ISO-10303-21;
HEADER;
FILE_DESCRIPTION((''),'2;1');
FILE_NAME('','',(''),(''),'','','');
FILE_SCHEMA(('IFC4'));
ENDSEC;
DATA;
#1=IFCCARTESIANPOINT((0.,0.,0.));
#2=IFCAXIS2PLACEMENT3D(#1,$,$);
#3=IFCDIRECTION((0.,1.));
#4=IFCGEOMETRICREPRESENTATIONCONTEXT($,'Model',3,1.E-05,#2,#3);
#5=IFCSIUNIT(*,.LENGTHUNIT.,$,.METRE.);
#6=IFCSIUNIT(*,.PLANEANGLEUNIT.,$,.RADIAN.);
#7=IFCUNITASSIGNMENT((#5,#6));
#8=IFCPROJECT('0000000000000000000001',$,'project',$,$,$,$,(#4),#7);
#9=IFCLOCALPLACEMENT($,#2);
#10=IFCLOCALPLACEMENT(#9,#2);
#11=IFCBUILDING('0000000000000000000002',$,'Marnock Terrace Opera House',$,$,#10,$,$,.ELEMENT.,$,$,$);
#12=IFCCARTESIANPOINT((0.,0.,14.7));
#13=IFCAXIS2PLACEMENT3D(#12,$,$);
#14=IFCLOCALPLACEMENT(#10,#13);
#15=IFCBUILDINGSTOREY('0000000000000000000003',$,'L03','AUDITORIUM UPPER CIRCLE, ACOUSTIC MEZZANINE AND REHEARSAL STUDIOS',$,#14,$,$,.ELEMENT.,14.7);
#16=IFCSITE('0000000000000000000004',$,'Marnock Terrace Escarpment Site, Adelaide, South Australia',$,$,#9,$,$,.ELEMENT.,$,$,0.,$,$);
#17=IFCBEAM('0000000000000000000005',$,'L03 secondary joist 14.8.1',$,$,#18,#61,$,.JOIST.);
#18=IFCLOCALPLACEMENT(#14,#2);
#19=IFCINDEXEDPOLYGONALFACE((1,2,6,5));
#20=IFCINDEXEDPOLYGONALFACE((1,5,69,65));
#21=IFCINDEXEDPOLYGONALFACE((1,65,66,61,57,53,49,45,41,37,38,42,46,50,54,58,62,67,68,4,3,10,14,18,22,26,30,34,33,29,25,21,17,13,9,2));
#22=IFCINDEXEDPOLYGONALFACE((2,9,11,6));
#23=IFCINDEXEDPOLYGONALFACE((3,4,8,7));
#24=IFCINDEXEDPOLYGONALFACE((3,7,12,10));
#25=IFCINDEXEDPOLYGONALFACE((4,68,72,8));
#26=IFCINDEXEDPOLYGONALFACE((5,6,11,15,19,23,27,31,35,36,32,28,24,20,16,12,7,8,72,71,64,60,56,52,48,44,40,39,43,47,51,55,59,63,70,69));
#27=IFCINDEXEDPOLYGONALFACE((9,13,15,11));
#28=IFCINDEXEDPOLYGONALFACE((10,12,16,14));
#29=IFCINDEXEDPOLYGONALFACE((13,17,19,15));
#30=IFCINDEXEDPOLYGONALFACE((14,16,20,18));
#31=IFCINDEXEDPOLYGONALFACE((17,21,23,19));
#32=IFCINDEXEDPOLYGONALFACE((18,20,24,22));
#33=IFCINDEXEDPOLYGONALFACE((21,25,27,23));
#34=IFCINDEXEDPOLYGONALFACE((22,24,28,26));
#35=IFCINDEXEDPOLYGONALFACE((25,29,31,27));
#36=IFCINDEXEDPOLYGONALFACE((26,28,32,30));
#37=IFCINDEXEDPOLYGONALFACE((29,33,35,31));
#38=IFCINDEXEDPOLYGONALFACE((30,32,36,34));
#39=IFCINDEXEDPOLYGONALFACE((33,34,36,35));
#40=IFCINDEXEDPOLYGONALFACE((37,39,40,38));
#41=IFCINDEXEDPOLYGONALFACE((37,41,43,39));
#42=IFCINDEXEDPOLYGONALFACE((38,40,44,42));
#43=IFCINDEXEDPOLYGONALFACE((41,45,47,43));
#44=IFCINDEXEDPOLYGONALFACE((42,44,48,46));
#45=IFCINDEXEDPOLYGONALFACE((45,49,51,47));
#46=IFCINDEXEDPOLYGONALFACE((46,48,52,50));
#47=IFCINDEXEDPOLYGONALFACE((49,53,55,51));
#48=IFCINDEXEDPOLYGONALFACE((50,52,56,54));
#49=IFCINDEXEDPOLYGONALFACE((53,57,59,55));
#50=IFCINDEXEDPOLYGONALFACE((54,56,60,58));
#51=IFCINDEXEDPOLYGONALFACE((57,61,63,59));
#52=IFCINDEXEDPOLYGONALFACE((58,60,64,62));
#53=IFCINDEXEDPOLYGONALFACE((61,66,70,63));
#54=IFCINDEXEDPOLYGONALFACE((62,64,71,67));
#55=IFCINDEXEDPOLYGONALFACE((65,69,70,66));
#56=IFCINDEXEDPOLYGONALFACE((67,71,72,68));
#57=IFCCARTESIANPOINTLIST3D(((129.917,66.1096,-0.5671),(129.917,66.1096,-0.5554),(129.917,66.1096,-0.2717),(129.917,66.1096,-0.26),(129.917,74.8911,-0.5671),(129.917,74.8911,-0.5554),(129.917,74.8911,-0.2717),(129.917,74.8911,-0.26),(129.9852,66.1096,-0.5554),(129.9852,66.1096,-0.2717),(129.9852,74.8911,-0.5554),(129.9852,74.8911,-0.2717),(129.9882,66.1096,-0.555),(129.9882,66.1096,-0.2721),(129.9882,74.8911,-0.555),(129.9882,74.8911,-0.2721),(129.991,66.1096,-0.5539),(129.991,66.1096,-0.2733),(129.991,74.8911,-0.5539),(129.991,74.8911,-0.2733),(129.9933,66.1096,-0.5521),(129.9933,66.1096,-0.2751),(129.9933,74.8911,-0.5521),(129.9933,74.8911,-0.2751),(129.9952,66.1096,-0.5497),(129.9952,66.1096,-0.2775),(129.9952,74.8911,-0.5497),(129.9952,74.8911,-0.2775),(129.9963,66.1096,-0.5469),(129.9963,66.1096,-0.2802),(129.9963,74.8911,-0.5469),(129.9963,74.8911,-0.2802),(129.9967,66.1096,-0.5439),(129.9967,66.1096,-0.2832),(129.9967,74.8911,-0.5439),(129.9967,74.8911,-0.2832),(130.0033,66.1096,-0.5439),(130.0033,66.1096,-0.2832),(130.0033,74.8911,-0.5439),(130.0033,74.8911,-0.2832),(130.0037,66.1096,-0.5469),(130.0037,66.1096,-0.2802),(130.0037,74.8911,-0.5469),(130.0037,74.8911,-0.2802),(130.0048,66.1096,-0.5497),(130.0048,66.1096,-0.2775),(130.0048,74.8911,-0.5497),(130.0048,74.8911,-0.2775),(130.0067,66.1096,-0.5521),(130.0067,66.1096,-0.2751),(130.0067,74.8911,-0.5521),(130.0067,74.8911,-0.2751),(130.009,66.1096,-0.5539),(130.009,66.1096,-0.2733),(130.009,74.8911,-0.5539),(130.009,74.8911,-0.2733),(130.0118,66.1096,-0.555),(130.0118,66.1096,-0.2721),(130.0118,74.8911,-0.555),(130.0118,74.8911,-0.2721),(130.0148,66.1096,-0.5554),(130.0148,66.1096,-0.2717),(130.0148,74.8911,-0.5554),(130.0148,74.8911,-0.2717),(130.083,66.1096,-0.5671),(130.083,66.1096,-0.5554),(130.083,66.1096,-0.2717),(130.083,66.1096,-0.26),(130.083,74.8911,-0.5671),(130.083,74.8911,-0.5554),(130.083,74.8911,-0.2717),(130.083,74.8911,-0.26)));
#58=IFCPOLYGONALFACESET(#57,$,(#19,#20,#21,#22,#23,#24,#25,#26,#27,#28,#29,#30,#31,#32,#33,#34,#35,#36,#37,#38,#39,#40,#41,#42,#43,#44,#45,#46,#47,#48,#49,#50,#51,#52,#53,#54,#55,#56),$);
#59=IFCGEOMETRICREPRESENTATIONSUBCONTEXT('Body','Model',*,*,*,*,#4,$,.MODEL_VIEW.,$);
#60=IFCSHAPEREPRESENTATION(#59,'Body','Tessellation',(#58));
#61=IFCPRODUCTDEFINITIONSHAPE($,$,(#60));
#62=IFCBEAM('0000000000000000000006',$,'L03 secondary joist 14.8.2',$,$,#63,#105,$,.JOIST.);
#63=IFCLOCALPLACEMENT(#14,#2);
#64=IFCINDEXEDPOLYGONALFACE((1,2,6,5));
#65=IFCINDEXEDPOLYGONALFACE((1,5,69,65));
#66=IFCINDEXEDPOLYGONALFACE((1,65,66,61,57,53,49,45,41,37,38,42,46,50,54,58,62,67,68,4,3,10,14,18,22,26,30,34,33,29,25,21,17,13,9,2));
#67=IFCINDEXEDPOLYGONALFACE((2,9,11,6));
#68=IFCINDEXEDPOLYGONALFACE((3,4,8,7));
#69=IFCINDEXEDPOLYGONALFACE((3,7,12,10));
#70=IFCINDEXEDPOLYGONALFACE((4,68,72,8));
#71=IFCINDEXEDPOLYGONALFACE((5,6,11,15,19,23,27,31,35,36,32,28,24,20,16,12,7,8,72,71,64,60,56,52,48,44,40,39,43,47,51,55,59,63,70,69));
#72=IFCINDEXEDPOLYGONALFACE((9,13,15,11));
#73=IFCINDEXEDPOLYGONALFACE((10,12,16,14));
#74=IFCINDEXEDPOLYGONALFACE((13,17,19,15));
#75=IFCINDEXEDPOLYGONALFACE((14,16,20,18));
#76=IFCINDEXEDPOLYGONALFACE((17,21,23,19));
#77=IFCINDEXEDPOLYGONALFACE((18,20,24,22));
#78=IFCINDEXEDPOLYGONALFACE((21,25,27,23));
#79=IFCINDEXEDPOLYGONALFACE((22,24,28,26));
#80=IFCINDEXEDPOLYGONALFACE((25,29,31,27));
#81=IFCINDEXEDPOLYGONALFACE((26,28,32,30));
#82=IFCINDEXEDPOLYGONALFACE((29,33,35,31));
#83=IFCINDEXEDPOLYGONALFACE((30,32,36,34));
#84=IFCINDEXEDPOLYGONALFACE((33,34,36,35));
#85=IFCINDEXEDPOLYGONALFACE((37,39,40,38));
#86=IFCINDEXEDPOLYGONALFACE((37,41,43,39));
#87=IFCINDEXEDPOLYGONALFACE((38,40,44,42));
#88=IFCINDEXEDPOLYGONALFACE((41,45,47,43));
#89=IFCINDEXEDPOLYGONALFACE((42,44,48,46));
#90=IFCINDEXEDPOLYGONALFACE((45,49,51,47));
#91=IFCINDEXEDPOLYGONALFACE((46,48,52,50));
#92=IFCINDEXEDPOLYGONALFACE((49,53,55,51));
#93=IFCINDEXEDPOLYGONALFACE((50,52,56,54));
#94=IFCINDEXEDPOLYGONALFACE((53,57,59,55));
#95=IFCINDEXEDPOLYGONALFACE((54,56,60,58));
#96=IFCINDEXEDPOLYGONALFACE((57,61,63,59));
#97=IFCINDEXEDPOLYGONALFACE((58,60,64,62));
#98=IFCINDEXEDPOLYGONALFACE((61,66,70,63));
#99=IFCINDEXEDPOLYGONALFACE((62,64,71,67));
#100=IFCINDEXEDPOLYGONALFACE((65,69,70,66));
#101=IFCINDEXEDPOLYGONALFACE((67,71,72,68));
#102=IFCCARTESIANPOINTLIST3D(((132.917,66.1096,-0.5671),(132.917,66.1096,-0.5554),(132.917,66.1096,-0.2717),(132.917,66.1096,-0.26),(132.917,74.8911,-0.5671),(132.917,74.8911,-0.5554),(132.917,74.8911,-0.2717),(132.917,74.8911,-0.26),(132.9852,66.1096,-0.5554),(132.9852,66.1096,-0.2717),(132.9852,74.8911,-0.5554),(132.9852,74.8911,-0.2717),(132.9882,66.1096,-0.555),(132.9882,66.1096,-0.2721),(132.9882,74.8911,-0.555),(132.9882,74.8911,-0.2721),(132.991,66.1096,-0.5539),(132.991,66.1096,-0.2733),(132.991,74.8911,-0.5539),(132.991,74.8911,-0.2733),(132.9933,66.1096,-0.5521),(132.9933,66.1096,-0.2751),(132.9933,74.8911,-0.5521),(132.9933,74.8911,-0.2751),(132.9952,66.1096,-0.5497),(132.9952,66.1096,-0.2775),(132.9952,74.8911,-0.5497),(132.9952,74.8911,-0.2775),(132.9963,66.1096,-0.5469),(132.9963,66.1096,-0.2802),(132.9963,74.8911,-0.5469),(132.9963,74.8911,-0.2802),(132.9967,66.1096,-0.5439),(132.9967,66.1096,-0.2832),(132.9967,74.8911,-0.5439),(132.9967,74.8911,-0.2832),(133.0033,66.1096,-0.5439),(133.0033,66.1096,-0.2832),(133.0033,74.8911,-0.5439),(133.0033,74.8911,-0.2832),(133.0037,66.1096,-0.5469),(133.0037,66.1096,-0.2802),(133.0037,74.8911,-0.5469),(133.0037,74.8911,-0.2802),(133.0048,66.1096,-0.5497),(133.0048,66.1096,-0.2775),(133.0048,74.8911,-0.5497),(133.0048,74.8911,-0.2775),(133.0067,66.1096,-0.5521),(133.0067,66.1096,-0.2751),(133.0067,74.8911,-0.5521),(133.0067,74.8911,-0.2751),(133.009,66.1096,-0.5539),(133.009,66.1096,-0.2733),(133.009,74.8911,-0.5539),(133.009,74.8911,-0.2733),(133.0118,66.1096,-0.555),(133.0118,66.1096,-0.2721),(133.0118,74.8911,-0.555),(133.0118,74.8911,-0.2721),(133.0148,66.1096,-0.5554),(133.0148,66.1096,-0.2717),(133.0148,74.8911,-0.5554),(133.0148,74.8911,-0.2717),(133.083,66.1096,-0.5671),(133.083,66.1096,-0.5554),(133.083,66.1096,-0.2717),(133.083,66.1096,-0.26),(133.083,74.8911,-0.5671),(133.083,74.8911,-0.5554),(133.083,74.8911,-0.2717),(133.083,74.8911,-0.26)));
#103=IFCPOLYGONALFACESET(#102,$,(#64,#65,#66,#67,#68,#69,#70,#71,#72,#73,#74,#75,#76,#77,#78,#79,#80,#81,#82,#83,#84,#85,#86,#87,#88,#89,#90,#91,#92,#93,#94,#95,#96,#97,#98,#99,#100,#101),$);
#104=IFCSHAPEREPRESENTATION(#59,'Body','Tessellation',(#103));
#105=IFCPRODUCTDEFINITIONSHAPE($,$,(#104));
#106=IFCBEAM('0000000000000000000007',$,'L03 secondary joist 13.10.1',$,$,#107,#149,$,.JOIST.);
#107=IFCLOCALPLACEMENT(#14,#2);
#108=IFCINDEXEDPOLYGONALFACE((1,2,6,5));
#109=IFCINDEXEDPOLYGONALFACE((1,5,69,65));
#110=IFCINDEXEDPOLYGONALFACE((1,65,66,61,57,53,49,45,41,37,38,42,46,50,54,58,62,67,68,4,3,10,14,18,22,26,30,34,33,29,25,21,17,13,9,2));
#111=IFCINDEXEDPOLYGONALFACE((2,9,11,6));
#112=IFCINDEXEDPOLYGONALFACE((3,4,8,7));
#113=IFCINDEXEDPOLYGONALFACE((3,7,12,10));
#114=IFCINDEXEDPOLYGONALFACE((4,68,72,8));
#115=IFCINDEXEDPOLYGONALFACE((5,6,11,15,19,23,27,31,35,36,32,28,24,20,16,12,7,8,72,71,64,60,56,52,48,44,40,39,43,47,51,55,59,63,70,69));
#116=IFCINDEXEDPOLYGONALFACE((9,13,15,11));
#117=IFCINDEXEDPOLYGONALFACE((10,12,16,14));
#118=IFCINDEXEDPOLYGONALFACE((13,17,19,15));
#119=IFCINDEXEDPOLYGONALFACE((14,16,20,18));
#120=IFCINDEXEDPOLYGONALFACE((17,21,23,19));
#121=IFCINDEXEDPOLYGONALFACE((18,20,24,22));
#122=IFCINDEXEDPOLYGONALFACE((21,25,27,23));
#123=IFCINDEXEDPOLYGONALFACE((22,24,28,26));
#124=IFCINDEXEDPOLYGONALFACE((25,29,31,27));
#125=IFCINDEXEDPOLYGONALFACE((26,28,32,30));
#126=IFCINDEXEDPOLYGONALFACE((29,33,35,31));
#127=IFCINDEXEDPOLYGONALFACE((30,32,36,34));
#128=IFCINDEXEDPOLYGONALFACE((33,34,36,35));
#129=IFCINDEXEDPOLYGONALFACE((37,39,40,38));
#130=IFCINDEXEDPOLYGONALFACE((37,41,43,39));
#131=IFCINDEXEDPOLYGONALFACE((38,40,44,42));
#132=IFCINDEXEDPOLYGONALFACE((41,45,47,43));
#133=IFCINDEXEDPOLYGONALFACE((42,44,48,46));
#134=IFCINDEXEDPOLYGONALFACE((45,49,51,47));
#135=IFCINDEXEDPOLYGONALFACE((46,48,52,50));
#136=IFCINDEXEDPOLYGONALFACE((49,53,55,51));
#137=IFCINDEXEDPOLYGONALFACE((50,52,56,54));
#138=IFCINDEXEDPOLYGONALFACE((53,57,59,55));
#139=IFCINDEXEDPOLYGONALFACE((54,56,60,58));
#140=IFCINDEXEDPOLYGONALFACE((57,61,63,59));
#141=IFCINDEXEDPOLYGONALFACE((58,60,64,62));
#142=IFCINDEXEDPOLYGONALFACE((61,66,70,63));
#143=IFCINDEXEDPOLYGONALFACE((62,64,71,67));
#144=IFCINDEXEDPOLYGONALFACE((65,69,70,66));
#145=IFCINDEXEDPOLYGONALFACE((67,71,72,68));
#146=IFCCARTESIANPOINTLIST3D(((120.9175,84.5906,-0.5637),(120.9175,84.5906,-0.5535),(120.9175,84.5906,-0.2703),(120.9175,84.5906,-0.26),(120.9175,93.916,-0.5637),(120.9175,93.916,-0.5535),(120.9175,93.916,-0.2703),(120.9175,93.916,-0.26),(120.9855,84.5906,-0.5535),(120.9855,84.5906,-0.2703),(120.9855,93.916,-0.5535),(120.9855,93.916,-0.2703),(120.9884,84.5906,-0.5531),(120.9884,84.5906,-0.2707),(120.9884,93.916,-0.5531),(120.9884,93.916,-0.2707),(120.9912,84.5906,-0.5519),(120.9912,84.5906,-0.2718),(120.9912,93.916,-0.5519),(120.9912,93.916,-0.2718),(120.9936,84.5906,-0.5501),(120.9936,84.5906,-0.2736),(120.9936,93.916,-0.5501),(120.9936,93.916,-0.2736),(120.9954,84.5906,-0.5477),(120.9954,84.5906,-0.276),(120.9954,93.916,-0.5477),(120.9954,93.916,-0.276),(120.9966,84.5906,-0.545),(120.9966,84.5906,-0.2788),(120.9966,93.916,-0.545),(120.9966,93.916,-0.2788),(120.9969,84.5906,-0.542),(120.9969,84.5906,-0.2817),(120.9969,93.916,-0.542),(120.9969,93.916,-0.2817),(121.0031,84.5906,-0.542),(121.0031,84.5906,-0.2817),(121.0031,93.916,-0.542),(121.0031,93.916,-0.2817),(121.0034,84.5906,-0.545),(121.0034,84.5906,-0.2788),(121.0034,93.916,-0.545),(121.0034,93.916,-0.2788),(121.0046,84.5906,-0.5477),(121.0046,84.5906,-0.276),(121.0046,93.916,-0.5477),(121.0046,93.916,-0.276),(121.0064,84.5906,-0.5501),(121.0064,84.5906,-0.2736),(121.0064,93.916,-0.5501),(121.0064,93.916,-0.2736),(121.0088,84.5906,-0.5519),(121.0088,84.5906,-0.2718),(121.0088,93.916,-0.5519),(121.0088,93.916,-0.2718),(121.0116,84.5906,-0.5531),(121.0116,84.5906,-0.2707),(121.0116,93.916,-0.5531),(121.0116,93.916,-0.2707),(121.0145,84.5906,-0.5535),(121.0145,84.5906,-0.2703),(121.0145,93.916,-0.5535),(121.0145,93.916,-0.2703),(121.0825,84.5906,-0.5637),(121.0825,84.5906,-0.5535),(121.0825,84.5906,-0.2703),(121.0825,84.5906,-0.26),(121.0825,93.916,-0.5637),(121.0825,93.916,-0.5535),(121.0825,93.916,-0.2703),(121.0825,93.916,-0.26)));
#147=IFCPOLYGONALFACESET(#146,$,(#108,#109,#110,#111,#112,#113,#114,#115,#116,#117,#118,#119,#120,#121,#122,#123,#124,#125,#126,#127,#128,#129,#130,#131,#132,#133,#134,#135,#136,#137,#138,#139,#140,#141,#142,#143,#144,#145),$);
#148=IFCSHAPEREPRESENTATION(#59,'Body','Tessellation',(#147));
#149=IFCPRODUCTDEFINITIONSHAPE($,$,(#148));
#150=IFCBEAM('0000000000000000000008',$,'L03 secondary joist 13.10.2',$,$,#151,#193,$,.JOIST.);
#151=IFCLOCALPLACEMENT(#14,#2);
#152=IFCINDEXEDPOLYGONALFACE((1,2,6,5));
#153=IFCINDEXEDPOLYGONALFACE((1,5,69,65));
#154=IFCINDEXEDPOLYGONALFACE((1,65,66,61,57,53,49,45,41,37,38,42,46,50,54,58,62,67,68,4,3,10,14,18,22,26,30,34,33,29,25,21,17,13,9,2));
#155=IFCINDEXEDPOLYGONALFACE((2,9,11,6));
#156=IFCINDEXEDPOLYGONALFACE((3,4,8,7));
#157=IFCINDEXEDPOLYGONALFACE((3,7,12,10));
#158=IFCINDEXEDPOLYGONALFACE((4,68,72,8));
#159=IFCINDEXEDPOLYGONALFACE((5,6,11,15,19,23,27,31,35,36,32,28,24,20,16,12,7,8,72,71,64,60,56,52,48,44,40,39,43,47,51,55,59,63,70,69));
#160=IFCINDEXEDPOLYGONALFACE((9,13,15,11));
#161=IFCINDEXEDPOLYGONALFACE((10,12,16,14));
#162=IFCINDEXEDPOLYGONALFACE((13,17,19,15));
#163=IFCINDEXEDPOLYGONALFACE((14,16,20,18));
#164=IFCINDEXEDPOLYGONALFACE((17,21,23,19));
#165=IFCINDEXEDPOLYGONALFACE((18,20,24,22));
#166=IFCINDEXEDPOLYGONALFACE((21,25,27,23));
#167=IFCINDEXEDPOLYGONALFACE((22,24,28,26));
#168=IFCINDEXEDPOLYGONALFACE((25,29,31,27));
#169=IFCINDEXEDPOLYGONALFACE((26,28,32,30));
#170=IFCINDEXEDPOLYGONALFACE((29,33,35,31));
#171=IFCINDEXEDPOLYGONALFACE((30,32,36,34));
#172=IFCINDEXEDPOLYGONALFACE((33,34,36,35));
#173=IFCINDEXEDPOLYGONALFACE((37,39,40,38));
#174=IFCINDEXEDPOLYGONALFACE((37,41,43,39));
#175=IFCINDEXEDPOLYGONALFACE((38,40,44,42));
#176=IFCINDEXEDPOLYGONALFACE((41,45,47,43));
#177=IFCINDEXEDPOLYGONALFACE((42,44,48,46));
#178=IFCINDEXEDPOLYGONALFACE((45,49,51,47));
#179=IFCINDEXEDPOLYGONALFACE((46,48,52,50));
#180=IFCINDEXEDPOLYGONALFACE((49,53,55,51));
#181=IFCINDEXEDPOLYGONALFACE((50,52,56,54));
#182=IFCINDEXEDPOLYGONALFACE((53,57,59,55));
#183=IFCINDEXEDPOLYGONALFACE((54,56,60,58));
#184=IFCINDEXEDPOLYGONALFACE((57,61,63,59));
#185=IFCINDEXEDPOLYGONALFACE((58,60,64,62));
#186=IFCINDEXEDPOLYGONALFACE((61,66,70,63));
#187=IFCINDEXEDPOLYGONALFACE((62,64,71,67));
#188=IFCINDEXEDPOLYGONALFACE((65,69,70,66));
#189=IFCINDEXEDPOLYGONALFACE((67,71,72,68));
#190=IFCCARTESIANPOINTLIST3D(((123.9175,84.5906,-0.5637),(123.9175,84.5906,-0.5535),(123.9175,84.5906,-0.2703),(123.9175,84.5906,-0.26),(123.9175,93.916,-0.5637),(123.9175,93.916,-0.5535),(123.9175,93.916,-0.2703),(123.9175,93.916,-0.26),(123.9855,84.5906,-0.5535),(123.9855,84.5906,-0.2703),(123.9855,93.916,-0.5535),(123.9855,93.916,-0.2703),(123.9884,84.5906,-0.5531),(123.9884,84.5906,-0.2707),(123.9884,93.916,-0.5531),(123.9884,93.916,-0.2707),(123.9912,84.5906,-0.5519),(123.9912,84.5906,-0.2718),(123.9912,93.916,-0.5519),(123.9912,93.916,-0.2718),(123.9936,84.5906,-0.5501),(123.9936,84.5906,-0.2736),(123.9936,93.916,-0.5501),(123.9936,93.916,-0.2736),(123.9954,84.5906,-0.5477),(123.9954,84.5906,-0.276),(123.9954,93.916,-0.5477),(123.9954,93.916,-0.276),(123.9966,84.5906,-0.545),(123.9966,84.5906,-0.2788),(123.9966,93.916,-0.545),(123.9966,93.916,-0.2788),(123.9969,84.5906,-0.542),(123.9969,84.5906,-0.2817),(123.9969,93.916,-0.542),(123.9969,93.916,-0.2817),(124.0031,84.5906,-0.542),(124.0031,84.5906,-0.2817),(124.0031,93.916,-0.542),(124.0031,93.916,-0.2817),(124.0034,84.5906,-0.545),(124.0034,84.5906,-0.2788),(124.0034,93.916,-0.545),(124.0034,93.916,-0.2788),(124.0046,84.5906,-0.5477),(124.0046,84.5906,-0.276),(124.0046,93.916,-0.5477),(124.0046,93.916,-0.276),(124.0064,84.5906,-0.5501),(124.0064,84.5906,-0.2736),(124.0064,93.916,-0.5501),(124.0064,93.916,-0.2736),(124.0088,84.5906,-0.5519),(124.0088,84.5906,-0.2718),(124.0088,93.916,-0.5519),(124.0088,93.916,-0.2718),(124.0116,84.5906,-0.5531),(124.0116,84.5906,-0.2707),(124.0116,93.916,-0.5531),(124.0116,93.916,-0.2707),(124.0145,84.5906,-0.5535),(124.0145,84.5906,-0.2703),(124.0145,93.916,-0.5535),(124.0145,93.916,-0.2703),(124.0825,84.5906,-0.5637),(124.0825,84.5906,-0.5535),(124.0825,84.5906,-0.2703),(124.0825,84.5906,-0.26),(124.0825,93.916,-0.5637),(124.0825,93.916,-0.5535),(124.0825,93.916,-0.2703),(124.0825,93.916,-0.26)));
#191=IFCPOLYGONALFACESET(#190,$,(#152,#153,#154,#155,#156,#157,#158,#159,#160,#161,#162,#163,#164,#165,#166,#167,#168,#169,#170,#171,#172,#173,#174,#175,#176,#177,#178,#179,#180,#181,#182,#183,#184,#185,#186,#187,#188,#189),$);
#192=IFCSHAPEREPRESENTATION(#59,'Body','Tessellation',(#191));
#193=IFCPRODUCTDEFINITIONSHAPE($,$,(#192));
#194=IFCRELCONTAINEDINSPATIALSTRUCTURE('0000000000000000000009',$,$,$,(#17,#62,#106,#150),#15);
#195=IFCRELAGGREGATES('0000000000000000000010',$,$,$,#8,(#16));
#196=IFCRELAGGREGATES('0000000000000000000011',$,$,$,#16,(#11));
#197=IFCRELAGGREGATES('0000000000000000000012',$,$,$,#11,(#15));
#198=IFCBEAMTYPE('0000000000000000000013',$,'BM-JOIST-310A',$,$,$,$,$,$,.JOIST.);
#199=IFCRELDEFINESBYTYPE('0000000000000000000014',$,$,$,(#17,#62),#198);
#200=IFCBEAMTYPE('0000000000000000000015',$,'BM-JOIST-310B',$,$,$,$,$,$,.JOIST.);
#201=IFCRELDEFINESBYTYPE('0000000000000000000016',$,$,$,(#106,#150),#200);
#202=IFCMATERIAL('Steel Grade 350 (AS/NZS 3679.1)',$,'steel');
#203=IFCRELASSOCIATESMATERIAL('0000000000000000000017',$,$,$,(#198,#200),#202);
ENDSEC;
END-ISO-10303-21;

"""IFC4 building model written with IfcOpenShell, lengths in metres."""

from ifc_helpers import new_model, si_unit, direction, frame, origin, origin_2d, place, context, subcontext, project, spatial, i_section, extrude, material, material_profile, profile_set, type_object, element, save


model = new_model("IFC4")

# Units and contexts
model_context = context("Model", 3, precision=1e-05, world=origin(), true_north=direction((0.0, 1.0)))
body_context = subcontext(model_context, "Body", "Model", "MODEL_VIEW")
ifc_project = project(units=[si_unit("LENGTHUNIT", "METRE"), si_unit("PLANEANGLEUNIT", "RADIAN")], contexts=[model_context])

# Site, building, storey
site_placement = place(None, origin())
site = spatial("IfcSite", under=ifc_project, at=site_placement, Name="Marnock Terrace Escarpment Site, Adelaide, South Australia", CompositionType="ELEMENT", RefElevation=0.0)
building_placement = place(site_placement, origin())
building = spatial("IfcBuilding", under=site, at=building_placement, Name="Marnock Terrace Opera House", CompositionType="ELEMENT")
storey_placement = place(building_placement, frame((0.0, 0.0, 14.7)))
storey = spatial("IfcBuildingStorey", under=building, at=storey_placement, Name="L03", Description="AUDITORIUM UPPER CIRCLE, ACOUSTIC MEZZANINE AND REHEARSAL STUDIOS", CompositionType="ELEMENT", Elevation=14.7)

# Beams
ifc_material_1 = material(Name="Steel Grade 350 (AS/NZS 3679.1)", Category="steel")
ifc_material_profile_1 = material_profile(ifc_material_1, i_section(OverallWidth=0.166, OverallDepth=0.3071, WebThickness=0.0066, FlangeThickness=0.0117, FilletRadius=0.0115, at=origin_2d()))
ifc_profile_set_1 = profile_set([ifc_material_profile_1], Name="Steel Grade 350 (AS/NZS 3679.1)")
beam_type_1 = type_object("IfcBeamType", Name="BM-JOIST-310A", PredefinedType="JOIST", material=ifc_profile_set_1)
for number, where, z_axis, x_axis, name in (
    (1, (130.0, 66.1096, -0.4136), (0.0, 1.0, 0.0), (-1.0, 0.0, 0.0), "L03 secondary joist 14.8.1"),
    (2, (133.0, 66.1096, -0.4136), (0.0, 1.0, 0.0), (-1.0, 0.0, 0.0), "L03 secondary joist 14.8.2"),
):
    element("IfcBeam", number, at=place(storey_placement, frame(where, z_axis=z_axis, x_axis=x_axis)), inside=storey, type_object=beam_type_1, Name=name, PredefinedType="JOIST", context=body_context, shape_type="SweptSolid", body=[
        extrude(i_section(OverallWidth=0.166, OverallDepth=0.3071, WebThickness=0.0066, FlangeThickness=0.0117, FilletRadius=0.0115, at=origin_2d()), origin(), (0.0, 0.0, 1.0), 8.7815),
    ])
ifc_material_profile_2 = material_profile(ifc_material_1, i_section(OverallWidth=0.165, OverallDepth=0.3037, WebThickness=0.0061, FlangeThickness=0.0103, FilletRadius=0.0115, at=origin_2d()))
ifc_profile_set_2 = profile_set([ifc_material_profile_2], Name="Steel Grade 350 (AS/NZS 3679.1)")
beam_type_2 = type_object("IfcBeamType", Name="BM-JOIST-310B", PredefinedType="JOIST", material=ifc_profile_set_2)
for number, where, z_axis, x_axis, name in (
    (3, (121.0, 84.5906, -0.4119), (0.0, 1.0, 0.0), (-1.0, 0.0, 0.0), "L03 secondary joist 13.10.1"),
    (4, (124.0, 84.5906, -0.4119), (0.0, 1.0, 0.0), (-1.0, 0.0, 0.0), "L03 secondary joist 13.10.2"),
):
    element("IfcBeam", number, at=place(storey_placement, frame(where, z_axis=z_axis, x_axis=x_axis)), inside=storey, type_object=beam_type_2, Name=name, PredefinedType="JOIST", context=body_context, shape_type="SweptSolid", body=[
        extrude(i_section(OverallWidth=0.165, OverallDepth=0.3037, WebThickness=0.0061, FlangeThickness=0.0103, FilletRadius=0.0115, at=origin_2d()), origin(), (0.0, 0.0, 1.0), 9.3254),
    ])

save(model, "model.ifc")
